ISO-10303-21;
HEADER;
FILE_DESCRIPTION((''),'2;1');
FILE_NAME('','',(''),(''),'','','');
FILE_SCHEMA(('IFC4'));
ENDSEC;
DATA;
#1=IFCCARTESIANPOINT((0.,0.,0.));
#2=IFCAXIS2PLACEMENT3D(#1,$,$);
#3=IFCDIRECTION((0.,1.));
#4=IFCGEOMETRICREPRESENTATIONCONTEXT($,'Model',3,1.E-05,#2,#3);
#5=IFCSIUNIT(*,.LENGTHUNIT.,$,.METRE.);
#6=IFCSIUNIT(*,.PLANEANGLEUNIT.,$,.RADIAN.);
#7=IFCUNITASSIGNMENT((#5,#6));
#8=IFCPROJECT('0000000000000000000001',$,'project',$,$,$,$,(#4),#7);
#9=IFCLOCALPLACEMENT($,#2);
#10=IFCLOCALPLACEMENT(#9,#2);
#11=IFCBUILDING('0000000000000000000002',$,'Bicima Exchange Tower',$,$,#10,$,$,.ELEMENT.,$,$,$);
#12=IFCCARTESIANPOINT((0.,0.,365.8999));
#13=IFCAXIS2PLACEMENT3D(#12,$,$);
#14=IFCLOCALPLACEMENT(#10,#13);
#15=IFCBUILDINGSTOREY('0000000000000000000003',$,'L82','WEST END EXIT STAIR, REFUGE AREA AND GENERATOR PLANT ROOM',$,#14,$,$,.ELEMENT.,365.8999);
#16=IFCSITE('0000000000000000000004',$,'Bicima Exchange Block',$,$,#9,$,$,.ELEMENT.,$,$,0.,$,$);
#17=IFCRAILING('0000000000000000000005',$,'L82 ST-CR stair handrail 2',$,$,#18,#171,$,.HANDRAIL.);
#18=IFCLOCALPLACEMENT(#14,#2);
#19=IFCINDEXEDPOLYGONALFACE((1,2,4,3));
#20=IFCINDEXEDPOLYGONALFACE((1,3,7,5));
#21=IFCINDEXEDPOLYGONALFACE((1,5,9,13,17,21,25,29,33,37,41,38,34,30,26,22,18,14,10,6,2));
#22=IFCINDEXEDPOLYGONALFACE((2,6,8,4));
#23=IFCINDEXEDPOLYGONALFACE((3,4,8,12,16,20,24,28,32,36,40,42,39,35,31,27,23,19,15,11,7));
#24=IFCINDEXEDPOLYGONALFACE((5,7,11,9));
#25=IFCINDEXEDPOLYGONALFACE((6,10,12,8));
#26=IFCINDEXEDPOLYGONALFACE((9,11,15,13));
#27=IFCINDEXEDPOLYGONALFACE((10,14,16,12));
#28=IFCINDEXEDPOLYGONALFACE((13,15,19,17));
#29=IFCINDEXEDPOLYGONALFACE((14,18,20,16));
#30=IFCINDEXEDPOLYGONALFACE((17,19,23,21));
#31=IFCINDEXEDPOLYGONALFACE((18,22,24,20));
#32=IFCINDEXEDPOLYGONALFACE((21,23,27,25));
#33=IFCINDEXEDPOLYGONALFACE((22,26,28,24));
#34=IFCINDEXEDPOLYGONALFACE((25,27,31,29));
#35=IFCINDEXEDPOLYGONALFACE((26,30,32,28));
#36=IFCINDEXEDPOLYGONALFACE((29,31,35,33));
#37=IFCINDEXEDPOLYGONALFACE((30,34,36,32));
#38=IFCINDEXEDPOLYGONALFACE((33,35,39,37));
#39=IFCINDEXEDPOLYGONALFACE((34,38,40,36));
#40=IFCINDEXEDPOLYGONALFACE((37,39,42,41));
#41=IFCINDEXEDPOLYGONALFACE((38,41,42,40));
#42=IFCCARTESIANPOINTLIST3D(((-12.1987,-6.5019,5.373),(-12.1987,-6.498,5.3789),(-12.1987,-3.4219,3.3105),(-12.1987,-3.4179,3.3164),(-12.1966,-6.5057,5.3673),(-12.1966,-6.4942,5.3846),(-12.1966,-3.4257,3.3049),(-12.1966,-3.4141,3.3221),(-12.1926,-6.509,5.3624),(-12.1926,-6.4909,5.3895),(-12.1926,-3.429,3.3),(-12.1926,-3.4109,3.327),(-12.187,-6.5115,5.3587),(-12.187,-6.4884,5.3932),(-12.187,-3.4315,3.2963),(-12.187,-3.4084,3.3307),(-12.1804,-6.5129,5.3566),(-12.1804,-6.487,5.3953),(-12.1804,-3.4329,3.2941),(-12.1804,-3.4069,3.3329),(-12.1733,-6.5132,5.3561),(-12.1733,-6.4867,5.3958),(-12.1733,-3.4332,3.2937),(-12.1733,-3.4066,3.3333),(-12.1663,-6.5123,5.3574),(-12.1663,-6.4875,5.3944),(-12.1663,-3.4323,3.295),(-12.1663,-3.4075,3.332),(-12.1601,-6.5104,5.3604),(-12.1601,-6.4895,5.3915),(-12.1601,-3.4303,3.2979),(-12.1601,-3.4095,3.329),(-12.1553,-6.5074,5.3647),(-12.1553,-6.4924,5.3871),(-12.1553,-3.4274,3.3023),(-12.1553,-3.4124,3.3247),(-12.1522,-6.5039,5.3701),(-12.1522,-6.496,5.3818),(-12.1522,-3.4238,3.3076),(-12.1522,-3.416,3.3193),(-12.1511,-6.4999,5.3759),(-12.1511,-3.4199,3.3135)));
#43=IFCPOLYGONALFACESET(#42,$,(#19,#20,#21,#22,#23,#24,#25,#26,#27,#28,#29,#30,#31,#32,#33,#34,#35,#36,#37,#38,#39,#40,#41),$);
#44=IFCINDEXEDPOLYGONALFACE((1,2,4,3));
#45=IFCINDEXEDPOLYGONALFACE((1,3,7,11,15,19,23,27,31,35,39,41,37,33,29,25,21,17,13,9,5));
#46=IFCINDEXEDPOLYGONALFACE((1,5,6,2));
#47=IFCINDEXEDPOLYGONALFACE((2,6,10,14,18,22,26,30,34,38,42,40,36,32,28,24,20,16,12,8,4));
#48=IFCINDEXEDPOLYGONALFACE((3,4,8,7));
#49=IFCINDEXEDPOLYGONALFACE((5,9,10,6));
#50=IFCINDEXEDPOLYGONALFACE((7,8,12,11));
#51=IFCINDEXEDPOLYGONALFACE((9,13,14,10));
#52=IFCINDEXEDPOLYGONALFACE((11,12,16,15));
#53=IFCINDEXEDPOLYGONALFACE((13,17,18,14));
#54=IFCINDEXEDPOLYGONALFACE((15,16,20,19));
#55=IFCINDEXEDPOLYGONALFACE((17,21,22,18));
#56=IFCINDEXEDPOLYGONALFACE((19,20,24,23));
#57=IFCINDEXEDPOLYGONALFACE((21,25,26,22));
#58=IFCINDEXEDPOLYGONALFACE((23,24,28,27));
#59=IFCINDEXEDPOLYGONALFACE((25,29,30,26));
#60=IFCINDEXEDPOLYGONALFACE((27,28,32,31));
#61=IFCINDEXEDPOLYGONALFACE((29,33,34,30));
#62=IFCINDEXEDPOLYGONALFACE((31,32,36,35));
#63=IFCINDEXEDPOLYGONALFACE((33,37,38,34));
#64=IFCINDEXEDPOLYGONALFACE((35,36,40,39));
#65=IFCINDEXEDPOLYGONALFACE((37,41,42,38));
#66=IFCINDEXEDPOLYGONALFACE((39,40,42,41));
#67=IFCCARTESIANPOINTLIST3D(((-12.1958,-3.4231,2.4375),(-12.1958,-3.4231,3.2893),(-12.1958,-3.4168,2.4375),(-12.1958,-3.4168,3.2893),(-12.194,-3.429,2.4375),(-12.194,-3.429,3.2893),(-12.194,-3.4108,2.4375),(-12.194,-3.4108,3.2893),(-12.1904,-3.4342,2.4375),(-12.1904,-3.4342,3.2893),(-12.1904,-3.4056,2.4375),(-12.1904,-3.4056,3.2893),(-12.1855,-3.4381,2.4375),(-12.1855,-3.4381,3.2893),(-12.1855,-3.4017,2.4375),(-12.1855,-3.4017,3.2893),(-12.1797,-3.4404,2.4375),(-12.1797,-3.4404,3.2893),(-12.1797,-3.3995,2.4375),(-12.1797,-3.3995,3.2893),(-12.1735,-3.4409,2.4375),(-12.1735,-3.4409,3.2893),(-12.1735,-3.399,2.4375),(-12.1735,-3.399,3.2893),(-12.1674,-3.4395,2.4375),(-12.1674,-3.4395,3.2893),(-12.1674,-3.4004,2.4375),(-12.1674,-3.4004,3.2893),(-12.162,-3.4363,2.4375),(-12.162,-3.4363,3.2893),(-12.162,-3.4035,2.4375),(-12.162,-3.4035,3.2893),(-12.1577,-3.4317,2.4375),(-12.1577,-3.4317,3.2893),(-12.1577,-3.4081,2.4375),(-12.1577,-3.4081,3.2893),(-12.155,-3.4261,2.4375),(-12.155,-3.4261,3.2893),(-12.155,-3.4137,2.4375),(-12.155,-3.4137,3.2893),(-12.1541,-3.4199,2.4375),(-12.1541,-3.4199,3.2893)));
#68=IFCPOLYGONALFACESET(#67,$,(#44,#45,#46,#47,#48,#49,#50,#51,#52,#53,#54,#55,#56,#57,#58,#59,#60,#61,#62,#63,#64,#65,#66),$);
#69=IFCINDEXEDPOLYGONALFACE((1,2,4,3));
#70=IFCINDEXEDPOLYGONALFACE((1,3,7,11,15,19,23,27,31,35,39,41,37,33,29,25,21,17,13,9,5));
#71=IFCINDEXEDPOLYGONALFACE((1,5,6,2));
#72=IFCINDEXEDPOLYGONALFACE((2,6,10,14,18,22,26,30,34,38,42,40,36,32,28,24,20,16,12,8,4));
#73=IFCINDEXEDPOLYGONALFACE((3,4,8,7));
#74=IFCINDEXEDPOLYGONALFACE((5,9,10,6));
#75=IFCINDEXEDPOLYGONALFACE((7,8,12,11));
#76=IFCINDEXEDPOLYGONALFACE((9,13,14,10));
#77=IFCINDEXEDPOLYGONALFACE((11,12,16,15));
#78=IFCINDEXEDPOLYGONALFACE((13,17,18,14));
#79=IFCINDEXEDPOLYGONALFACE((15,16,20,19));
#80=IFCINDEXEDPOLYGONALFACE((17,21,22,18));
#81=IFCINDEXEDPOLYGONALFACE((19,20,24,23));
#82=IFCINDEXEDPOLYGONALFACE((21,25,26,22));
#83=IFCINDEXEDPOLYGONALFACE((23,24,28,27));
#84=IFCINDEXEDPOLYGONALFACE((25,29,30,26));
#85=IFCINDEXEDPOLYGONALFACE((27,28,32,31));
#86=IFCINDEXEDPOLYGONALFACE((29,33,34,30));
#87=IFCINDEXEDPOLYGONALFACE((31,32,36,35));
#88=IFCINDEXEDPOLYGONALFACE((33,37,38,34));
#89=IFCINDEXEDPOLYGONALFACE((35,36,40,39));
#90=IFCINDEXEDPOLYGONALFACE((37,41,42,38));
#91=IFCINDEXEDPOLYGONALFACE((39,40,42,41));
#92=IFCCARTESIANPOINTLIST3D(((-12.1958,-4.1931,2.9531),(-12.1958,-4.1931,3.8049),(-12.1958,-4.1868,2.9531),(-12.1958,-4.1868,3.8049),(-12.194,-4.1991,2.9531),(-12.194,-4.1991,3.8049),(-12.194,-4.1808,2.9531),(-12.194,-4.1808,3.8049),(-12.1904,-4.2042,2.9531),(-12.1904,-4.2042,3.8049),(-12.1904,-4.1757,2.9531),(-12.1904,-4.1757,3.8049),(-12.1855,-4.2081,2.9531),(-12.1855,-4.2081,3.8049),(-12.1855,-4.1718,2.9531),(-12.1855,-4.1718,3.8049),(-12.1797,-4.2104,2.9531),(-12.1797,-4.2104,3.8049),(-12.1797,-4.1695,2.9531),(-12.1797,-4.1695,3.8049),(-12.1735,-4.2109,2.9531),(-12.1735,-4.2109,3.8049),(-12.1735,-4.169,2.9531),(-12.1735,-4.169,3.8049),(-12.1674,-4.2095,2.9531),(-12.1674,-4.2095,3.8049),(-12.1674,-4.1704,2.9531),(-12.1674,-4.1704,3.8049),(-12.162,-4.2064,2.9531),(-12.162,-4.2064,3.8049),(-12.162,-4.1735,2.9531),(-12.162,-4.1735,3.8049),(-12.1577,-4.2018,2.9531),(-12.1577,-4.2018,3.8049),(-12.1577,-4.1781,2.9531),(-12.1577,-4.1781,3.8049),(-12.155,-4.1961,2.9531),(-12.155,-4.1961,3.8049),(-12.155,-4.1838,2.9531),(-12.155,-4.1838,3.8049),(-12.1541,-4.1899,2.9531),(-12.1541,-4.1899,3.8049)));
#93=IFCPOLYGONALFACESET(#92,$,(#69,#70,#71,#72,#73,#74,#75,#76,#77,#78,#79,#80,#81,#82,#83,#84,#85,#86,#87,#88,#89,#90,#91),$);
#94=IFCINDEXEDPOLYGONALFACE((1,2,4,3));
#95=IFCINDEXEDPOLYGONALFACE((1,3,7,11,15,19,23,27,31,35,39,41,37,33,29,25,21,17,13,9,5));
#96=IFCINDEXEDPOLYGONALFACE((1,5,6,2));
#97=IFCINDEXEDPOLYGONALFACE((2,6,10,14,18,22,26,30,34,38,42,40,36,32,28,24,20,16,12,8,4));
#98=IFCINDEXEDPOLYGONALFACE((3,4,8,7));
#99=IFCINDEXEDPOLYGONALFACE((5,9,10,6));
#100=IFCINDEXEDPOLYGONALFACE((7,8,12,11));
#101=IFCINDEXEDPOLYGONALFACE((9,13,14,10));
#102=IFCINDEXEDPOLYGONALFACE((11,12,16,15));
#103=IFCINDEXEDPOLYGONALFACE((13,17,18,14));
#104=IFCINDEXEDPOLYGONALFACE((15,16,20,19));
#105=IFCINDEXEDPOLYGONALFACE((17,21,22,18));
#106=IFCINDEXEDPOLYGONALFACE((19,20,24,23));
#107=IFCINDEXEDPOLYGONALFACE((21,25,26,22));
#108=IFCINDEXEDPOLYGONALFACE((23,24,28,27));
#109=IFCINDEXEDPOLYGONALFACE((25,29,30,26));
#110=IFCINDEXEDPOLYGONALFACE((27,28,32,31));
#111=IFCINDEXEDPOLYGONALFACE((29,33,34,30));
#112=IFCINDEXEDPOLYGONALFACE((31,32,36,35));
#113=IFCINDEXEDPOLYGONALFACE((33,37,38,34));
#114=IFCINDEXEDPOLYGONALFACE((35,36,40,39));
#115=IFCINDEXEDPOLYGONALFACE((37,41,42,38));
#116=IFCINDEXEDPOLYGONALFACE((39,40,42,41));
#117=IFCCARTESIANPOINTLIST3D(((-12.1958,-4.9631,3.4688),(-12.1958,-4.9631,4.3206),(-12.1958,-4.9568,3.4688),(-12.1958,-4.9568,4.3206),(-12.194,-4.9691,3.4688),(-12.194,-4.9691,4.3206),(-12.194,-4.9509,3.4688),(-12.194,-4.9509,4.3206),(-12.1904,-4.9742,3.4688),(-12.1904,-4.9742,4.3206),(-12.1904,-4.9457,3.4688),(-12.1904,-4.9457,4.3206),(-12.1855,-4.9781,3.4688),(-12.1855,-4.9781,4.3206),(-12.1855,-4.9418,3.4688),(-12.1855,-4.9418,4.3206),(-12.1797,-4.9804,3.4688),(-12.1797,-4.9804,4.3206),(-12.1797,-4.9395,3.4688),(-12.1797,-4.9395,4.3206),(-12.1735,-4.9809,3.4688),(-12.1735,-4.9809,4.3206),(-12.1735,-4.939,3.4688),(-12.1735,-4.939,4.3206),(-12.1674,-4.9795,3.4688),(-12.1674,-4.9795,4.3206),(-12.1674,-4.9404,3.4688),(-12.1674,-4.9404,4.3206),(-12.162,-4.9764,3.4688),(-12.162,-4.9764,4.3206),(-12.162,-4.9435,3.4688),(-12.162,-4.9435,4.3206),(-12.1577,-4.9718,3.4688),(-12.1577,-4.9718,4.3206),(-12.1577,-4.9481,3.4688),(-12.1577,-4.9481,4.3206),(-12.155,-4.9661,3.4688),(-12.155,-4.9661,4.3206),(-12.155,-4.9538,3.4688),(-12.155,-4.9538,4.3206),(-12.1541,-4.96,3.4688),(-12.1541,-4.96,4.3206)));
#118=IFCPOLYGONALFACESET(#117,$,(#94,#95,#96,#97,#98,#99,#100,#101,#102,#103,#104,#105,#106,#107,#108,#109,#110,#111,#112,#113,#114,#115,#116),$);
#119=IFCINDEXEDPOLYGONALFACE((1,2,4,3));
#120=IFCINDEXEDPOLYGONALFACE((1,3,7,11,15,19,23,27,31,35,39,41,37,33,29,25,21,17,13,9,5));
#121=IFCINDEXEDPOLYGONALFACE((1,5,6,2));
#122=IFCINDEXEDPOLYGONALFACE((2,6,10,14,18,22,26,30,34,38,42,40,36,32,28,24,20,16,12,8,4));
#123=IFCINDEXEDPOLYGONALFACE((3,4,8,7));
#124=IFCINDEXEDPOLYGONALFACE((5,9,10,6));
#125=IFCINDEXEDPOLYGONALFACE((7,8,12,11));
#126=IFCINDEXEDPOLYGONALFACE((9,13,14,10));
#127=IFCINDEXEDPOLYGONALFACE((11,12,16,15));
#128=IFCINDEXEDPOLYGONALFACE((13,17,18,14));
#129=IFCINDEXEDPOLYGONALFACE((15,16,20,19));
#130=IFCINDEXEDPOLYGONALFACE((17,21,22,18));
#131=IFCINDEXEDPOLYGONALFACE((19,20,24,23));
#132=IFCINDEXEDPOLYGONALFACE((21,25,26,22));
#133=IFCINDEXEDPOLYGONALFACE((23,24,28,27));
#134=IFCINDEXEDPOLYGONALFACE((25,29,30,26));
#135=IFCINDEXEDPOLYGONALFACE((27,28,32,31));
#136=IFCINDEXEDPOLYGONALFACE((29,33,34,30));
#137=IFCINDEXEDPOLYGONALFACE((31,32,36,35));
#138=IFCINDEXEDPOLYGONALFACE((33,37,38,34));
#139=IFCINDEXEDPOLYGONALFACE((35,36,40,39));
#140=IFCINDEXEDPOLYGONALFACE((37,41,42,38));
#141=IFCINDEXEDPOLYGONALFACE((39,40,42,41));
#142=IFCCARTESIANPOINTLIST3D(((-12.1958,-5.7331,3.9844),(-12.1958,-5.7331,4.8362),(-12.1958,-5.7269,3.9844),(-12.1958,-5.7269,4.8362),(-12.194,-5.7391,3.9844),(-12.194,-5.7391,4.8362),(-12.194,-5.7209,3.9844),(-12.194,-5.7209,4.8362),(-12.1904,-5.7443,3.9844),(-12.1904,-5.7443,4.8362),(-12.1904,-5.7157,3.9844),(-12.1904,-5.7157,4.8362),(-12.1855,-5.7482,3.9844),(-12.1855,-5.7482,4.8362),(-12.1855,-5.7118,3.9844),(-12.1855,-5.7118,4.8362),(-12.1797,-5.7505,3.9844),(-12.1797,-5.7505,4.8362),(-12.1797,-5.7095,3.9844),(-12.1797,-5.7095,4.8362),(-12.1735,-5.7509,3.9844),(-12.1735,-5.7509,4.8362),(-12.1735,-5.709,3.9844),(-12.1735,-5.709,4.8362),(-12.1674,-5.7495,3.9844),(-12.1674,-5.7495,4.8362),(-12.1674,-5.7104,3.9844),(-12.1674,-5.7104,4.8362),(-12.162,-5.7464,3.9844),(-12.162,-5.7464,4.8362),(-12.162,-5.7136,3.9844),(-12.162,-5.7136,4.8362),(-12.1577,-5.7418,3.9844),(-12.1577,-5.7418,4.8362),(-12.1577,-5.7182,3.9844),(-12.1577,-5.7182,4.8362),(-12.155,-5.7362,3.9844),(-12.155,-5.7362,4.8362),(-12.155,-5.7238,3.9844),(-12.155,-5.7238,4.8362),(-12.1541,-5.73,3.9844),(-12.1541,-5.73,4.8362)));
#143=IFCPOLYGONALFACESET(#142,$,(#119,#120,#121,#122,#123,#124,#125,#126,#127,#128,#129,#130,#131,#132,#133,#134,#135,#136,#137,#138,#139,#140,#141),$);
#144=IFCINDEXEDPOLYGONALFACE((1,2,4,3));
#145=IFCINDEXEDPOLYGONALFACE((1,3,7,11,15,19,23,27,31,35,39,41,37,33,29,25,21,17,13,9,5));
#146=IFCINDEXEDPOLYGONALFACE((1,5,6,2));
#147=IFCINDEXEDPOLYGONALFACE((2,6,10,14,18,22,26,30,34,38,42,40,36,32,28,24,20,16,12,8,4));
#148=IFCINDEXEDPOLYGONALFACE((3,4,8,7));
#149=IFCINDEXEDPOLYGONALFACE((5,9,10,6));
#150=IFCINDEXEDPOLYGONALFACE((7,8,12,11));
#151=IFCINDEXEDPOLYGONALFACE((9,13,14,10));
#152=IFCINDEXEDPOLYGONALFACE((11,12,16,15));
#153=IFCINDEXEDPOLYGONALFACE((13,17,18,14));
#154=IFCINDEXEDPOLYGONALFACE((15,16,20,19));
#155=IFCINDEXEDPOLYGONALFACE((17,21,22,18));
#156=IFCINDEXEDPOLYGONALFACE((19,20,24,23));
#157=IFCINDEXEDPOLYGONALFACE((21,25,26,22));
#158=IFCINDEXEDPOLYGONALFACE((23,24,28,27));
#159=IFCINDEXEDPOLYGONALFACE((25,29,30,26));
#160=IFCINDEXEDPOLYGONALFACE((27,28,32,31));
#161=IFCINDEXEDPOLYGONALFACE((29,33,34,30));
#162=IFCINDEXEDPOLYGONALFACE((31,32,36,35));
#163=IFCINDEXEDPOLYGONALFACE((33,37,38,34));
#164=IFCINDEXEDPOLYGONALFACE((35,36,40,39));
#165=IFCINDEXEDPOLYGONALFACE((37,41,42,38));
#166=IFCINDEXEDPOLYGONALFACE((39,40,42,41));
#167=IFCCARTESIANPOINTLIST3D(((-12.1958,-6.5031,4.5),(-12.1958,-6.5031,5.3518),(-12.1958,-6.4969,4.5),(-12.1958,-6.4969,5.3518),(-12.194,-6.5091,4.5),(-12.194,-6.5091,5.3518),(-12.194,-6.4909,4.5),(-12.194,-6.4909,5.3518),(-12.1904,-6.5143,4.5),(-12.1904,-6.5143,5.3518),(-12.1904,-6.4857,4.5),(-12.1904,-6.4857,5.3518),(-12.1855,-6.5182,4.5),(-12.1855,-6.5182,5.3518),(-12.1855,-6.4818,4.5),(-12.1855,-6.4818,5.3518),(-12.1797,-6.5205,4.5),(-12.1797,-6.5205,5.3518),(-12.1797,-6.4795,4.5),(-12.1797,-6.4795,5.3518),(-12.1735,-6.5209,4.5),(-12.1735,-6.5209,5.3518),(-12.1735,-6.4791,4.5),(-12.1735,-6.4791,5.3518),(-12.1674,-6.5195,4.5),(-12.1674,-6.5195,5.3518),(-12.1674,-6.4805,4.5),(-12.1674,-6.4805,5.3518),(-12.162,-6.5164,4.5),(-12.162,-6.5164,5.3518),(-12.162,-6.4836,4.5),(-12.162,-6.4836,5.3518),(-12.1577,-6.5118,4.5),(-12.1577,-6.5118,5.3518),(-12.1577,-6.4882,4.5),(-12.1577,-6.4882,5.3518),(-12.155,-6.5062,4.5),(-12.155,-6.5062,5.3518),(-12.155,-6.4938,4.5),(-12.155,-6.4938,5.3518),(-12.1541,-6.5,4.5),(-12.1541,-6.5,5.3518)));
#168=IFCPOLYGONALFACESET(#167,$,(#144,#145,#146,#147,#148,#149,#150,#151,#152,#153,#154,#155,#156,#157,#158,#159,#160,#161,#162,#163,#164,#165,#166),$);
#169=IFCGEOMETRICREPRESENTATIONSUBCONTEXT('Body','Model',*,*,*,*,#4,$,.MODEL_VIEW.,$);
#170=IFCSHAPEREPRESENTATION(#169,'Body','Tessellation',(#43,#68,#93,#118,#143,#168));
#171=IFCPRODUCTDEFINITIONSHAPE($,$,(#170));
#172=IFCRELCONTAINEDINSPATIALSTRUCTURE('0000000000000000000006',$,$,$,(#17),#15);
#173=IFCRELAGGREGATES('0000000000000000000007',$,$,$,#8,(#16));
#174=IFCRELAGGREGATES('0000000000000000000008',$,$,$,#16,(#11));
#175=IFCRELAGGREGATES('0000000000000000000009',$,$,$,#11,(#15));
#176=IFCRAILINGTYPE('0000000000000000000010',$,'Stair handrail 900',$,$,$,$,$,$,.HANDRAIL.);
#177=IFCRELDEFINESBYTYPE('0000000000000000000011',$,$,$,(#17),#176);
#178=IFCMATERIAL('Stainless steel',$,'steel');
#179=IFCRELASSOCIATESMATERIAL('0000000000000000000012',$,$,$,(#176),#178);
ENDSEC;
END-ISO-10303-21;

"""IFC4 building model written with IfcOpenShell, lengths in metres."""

from ifc_helpers import new_model, si_unit, direction, frame, origin, origin_2d, place, context, subcontext, project, spatial, circle, extrude, material, type_object, element, save


model = new_model("IFC4")

# Units and contexts
model_context = context("Model", 3, precision=1e-05, world=origin(), true_north=direction((0.0, 1.0)))
body_context = subcontext(model_context, "Body", "Model", "MODEL_VIEW")
ifc_project = project(units=[si_unit("LENGTHUNIT", "METRE"), si_unit("PLANEANGLEUNIT", "RADIAN")], contexts=[model_context])

# Site, building, storey
site_placement = place(None, origin())
site = spatial("IfcSite", under=ifc_project, at=site_placement, Name="Bicima Exchange Block", CompositionType="ELEMENT", RefElevation=0.0)
building_placement = place(site_placement, origin())
building = spatial("IfcBuilding", under=site, at=building_placement, Name="Bicima Exchange Tower", CompositionType="ELEMENT")
storey_placement = place(building_placement, frame((0.0, 0.0, 365.8999)))
storey = spatial("IfcBuildingStorey", under=building, at=storey_placement, Name="L82", Description="WEST END EXIT STAIR, REFUGE AREA AND GENERATOR PLANT ROOM", CompositionType="ELEMENT", Elevation=365.8999)

# Shared definitions
ifc_material_1 = material(Name="Stainless steel", Category="steel")

# Railing
railing_type = type_object("IfcRailingType", Name="Stair handrail 900", PredefinedType="HANDRAIL", material=ifc_material_1)
railing_1_placement = place(storey_placement, frame((-12.175, -3.4199, 2.4375)))
element("IfcRailing", 1, at=railing_1_placement, inside=storey, type_object=railing_type, Name="L82 ST-CR stair handrail 2", PredefinedType="HANDRAIL", context=body_context, shape_type="SweptSolid", body=[
    extrude(circle(Radius=0.0239, at=origin_2d()), frame((0.0, 0.0, 0.876), z_axis=(0.0, -0.830914, 0.556401), x_axis=(1.0, 0.0, 0.0)), (0.0, 0.0, 1.0), 3.7068),
    extrude(circle(Radius=0.021, at=origin_2d()), origin(), (0.0, 0.0, 1.0), 0.8518),
    extrude(circle(Radius=0.021, at=origin_2d()), frame((0.0, -0.77, 0.5156)), (0.0, 0.0, 1.0), 0.8518),
    extrude(circle(Radius=0.021, at=origin_2d()), frame((0.0, -1.54, 1.0312)), (0.0, 0.0, 1.0), 0.8518),
    extrude(circle(Radius=0.021, at=origin_2d()), frame((0.0, -2.3101, 1.5469)), (0.0, 0.0, 1.0), 0.8518),
    extrude(circle(Radius=0.021, at=origin_2d()), frame((0.0, -3.0801, 2.0625)), (0.0, 0.0, 1.0), 0.8518),
])

save(model, "model.ifc")
